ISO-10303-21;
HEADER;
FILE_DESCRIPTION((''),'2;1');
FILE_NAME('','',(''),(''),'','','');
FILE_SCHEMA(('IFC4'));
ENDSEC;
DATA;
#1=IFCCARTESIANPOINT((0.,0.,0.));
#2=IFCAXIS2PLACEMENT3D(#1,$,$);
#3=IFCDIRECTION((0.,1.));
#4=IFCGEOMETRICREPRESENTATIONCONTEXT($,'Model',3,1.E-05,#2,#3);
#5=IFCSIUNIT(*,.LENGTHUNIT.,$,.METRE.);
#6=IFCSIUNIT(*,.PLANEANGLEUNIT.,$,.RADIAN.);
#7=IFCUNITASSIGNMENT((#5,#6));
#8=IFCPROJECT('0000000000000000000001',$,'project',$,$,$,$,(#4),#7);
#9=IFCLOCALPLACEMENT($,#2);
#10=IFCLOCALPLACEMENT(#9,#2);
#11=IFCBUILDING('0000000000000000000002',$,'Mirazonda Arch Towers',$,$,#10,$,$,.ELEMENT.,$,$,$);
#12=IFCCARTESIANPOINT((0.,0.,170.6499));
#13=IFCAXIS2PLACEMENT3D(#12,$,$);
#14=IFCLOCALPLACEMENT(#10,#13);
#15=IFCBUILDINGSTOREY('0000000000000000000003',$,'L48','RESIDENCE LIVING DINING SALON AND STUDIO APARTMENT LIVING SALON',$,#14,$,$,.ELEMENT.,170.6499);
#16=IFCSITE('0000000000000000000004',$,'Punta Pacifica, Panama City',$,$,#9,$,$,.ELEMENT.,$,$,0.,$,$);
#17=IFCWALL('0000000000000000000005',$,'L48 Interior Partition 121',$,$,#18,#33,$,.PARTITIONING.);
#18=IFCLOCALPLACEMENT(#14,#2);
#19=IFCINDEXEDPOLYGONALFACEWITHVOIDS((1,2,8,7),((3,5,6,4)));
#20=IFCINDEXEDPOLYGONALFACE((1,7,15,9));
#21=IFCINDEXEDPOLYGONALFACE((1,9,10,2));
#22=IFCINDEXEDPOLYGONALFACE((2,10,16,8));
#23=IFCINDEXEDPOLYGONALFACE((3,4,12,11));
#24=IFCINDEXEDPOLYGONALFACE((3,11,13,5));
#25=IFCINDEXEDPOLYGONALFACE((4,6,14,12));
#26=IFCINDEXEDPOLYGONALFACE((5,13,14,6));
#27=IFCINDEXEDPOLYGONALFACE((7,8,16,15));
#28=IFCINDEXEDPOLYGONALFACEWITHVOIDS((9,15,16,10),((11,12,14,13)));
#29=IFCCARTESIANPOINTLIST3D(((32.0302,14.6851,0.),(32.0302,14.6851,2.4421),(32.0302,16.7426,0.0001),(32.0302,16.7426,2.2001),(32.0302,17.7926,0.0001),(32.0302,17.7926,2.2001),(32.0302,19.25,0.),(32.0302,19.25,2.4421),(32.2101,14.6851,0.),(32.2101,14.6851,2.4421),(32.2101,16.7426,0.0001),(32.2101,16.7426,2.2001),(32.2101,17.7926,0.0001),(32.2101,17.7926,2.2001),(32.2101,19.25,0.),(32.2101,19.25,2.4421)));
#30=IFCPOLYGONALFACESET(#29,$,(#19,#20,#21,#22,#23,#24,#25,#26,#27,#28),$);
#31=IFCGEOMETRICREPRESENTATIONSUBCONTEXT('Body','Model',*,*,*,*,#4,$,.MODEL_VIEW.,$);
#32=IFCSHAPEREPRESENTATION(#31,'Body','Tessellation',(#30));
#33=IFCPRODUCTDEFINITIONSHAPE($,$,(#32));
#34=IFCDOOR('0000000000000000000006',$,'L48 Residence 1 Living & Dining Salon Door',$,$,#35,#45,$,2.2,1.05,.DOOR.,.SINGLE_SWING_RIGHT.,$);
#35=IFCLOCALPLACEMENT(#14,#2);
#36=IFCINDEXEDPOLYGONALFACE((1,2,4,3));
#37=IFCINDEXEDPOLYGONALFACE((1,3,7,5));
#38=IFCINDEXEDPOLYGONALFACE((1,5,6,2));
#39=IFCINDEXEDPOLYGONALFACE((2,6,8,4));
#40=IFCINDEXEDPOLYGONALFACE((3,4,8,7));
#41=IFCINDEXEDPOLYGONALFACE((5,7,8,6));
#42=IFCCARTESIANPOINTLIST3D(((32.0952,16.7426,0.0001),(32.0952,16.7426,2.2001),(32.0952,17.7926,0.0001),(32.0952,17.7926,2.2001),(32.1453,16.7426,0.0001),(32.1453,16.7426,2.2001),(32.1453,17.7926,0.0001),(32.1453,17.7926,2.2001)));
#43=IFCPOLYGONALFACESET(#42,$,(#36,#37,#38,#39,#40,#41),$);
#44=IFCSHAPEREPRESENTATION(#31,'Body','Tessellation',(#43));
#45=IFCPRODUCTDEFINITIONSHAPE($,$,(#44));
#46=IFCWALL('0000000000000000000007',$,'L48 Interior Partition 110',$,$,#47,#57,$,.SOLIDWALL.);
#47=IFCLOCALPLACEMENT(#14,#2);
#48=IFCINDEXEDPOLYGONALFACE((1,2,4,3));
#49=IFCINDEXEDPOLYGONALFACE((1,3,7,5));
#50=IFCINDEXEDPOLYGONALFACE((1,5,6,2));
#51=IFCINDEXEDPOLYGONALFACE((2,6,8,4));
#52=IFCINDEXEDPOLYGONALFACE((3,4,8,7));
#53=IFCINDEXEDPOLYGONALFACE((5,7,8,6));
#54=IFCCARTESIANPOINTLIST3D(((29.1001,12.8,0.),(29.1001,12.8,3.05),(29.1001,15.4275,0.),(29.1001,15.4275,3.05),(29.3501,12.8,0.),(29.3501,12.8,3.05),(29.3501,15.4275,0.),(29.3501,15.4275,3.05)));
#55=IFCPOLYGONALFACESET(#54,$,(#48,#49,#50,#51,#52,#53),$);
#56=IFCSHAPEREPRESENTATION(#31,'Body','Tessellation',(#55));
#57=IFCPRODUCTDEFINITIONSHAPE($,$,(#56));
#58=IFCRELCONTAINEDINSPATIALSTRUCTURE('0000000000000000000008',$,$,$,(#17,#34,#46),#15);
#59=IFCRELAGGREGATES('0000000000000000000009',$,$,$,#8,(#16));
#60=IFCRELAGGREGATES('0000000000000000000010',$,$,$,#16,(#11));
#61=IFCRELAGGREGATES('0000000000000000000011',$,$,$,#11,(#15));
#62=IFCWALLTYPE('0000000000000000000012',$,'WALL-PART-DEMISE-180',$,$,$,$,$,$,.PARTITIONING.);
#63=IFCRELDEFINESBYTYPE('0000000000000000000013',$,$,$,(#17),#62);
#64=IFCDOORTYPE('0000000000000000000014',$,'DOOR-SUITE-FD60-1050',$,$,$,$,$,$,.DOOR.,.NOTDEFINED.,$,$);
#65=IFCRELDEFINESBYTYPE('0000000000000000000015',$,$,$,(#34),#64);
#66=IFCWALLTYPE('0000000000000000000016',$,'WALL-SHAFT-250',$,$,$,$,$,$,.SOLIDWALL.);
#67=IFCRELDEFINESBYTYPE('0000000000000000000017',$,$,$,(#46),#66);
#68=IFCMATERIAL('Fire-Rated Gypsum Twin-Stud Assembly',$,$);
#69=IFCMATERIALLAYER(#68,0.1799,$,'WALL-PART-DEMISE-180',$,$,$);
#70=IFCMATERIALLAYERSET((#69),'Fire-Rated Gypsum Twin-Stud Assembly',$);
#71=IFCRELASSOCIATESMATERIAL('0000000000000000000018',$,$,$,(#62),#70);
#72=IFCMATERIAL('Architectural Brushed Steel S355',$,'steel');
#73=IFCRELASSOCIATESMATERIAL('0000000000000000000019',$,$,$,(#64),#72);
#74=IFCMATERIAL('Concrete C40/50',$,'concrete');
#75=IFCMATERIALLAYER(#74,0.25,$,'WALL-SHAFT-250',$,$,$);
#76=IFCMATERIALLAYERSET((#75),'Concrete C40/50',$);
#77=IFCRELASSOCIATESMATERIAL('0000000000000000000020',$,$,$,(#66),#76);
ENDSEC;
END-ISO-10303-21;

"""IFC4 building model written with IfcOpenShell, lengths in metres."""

from ifc_helpers import new_model, si_unit, direction, frame, frame_2d, origin, place, context, subcontext, project, spatial, rectangle, extrude, material, layer, layer_set, type_object, element, fill, save


model = new_model("IFC4")

# Units and contexts
model_context = context("Model", 3, precision=1e-05, world=origin(), true_north=direction((0.0, 1.0)))
body_context = subcontext(model_context, "Body", "Model", "MODEL_VIEW")
ifc_project = project(units=[si_unit("LENGTHUNIT", "METRE"), si_unit("PLANEANGLEUNIT", "RADIAN")], contexts=[model_context])

# Site, building, storey
site_placement = place(None, origin())
site = spatial("IfcSite", under=ifc_project, at=site_placement, Name="Punta Pacifica, Panama City", CompositionType="ELEMENT", RefElevation=0.0)
building_placement = place(site_placement, origin())
building = spatial("IfcBuilding", under=site, at=building_placement, Name="Mirazonda Arch Towers", CompositionType="ELEMENT")
storey_placement = place(building_placement, frame((0.0, 0.0, 170.6499)))
storey = spatial("IfcBuildingStorey", under=building, at=storey_placement, Name="L48", Description="RESIDENCE LIVING DINING SALON AND STUDIO APARTMENT LIVING SALON", CompositionType="ELEMENT", Elevation=170.6499)

# Shared definitions
ifc_material_1 = material(Name="Fire-Rated Gypsum Twin-Stud Assembly")
ifc_layer_1 = layer(ifc_material_1, 0.1799, Name="WALL-PART-DEMISE-180")
ifc_layer_set_1 = layer_set([ifc_layer_1], Name="Fire-Rated Gypsum Twin-Stud Assembly")
wall_type_1 = type_object("IfcWallType", Name="WALL-PART-DEMISE-180", PredefinedType="PARTITIONING", material=ifc_layer_set_1)

# Wall, opening, door
ifc_material_2 = material(Name="Architectural Brushed Steel S355", Category="steel")
wall_1_placement = place(storey_placement, frame((32.1201, 14.6851, 0.0), z_axis=(0.0, 0.0, 1.0), x_axis=(0.0, 1.0, 0.0)))
wall_1 = element("IfcWall", 1, at=wall_1_placement, inside=storey, type_object=wall_type_1, Name="L48 Interior Partition 121", PredefinedType="PARTITIONING", context=body_context, shape_type="SweptSolid", body=[
    extrude(rectangle(XDim=4.5649, YDim=0.1799, at=frame_2d((2.2825, 0.0))), origin(), (0.0, 0.0, 1.0), 2.4421),
])
opening_1_placement = place(wall_1_placement, frame((2.0576, 0.0, 0.0)))
opening_1 = element("IfcOpeningElement", 2, at=opening_1_placement, cuts=wall_1, PredefinedType="OPENING", context=body_context, shape_type="SweptSolid", body=[
    extrude(rectangle(XDim=1.05, YDim=2.2, at=frame_2d((0.5249, 1.1001))), frame((0.0, 0.0999, 0.0), z_axis=(0.0, -1.0, 0.0), x_axis=(1.0, 0.0, 0.0)), (0.0, 0.0, 1.0), 0.2),
])
door_type_1 = type_object("IfcDoorType", Name="DOOR-SUITE-FD60-1050", OperationType="NOTDEFINED", PredefinedType="DOOR", material=ifc_material_2)
door_1_placement = place(opening_1_placement, origin())
door_1 = element("IfcDoor", 3, at=door_1_placement, inside=storey, type_object=door_type_1, Name="L48 Residence 1 Living & Dining Salon Door", OperationType="SINGLE_SWING_RIGHT", OverallHeight=2.2, OverallWidth=1.05, PredefinedType="DOOR", context=body_context, shape_type="SweptSolid", body=[
    extrude(rectangle(XDim=1.05, YDim=2.2, at=frame_2d((0.5249, 1.1001))), frame((0.0, 0.0249, 0.0), z_axis=(0.0, -1.0, 0.0), x_axis=(1.0, 0.0, 0.0)), (0.0, 0.0, 1.0), 0.05),
])
fill(opening_1, door_1)

# Wall
ifc_material_3 = material(Name="Concrete C40/50", Category="concrete")
ifc_layer_2 = layer(ifc_material_3, 0.25, Name="WALL-SHAFT-250")
ifc_layer_set_2 = layer_set([ifc_layer_2], Name="Concrete C40/50")
wall_type_2 = type_object("IfcWallType", Name="WALL-SHAFT-250", PredefinedType="SOLIDWALL", material=ifc_layer_set_2)
wall_2_placement = place(storey_placement, frame((29.2251, 12.8, 0.0), z_axis=(0.0, 0.0, 1.0), x_axis=(0.0, 1.0, 0.0)))
element("IfcWall", 4, at=wall_2_placement, inside=storey, type_object=wall_type_2, Name="L48 Interior Partition 110", PredefinedType="SOLIDWALL", context=body_context, shape_type="SweptSolid", body=[
    extrude(rectangle(XDim=2.6274, YDim=0.25, at=frame_2d((1.3137, 0.0))), origin(), (0.0, 0.0, 1.0), 3.05),
])

save(model, "model.ifc")
